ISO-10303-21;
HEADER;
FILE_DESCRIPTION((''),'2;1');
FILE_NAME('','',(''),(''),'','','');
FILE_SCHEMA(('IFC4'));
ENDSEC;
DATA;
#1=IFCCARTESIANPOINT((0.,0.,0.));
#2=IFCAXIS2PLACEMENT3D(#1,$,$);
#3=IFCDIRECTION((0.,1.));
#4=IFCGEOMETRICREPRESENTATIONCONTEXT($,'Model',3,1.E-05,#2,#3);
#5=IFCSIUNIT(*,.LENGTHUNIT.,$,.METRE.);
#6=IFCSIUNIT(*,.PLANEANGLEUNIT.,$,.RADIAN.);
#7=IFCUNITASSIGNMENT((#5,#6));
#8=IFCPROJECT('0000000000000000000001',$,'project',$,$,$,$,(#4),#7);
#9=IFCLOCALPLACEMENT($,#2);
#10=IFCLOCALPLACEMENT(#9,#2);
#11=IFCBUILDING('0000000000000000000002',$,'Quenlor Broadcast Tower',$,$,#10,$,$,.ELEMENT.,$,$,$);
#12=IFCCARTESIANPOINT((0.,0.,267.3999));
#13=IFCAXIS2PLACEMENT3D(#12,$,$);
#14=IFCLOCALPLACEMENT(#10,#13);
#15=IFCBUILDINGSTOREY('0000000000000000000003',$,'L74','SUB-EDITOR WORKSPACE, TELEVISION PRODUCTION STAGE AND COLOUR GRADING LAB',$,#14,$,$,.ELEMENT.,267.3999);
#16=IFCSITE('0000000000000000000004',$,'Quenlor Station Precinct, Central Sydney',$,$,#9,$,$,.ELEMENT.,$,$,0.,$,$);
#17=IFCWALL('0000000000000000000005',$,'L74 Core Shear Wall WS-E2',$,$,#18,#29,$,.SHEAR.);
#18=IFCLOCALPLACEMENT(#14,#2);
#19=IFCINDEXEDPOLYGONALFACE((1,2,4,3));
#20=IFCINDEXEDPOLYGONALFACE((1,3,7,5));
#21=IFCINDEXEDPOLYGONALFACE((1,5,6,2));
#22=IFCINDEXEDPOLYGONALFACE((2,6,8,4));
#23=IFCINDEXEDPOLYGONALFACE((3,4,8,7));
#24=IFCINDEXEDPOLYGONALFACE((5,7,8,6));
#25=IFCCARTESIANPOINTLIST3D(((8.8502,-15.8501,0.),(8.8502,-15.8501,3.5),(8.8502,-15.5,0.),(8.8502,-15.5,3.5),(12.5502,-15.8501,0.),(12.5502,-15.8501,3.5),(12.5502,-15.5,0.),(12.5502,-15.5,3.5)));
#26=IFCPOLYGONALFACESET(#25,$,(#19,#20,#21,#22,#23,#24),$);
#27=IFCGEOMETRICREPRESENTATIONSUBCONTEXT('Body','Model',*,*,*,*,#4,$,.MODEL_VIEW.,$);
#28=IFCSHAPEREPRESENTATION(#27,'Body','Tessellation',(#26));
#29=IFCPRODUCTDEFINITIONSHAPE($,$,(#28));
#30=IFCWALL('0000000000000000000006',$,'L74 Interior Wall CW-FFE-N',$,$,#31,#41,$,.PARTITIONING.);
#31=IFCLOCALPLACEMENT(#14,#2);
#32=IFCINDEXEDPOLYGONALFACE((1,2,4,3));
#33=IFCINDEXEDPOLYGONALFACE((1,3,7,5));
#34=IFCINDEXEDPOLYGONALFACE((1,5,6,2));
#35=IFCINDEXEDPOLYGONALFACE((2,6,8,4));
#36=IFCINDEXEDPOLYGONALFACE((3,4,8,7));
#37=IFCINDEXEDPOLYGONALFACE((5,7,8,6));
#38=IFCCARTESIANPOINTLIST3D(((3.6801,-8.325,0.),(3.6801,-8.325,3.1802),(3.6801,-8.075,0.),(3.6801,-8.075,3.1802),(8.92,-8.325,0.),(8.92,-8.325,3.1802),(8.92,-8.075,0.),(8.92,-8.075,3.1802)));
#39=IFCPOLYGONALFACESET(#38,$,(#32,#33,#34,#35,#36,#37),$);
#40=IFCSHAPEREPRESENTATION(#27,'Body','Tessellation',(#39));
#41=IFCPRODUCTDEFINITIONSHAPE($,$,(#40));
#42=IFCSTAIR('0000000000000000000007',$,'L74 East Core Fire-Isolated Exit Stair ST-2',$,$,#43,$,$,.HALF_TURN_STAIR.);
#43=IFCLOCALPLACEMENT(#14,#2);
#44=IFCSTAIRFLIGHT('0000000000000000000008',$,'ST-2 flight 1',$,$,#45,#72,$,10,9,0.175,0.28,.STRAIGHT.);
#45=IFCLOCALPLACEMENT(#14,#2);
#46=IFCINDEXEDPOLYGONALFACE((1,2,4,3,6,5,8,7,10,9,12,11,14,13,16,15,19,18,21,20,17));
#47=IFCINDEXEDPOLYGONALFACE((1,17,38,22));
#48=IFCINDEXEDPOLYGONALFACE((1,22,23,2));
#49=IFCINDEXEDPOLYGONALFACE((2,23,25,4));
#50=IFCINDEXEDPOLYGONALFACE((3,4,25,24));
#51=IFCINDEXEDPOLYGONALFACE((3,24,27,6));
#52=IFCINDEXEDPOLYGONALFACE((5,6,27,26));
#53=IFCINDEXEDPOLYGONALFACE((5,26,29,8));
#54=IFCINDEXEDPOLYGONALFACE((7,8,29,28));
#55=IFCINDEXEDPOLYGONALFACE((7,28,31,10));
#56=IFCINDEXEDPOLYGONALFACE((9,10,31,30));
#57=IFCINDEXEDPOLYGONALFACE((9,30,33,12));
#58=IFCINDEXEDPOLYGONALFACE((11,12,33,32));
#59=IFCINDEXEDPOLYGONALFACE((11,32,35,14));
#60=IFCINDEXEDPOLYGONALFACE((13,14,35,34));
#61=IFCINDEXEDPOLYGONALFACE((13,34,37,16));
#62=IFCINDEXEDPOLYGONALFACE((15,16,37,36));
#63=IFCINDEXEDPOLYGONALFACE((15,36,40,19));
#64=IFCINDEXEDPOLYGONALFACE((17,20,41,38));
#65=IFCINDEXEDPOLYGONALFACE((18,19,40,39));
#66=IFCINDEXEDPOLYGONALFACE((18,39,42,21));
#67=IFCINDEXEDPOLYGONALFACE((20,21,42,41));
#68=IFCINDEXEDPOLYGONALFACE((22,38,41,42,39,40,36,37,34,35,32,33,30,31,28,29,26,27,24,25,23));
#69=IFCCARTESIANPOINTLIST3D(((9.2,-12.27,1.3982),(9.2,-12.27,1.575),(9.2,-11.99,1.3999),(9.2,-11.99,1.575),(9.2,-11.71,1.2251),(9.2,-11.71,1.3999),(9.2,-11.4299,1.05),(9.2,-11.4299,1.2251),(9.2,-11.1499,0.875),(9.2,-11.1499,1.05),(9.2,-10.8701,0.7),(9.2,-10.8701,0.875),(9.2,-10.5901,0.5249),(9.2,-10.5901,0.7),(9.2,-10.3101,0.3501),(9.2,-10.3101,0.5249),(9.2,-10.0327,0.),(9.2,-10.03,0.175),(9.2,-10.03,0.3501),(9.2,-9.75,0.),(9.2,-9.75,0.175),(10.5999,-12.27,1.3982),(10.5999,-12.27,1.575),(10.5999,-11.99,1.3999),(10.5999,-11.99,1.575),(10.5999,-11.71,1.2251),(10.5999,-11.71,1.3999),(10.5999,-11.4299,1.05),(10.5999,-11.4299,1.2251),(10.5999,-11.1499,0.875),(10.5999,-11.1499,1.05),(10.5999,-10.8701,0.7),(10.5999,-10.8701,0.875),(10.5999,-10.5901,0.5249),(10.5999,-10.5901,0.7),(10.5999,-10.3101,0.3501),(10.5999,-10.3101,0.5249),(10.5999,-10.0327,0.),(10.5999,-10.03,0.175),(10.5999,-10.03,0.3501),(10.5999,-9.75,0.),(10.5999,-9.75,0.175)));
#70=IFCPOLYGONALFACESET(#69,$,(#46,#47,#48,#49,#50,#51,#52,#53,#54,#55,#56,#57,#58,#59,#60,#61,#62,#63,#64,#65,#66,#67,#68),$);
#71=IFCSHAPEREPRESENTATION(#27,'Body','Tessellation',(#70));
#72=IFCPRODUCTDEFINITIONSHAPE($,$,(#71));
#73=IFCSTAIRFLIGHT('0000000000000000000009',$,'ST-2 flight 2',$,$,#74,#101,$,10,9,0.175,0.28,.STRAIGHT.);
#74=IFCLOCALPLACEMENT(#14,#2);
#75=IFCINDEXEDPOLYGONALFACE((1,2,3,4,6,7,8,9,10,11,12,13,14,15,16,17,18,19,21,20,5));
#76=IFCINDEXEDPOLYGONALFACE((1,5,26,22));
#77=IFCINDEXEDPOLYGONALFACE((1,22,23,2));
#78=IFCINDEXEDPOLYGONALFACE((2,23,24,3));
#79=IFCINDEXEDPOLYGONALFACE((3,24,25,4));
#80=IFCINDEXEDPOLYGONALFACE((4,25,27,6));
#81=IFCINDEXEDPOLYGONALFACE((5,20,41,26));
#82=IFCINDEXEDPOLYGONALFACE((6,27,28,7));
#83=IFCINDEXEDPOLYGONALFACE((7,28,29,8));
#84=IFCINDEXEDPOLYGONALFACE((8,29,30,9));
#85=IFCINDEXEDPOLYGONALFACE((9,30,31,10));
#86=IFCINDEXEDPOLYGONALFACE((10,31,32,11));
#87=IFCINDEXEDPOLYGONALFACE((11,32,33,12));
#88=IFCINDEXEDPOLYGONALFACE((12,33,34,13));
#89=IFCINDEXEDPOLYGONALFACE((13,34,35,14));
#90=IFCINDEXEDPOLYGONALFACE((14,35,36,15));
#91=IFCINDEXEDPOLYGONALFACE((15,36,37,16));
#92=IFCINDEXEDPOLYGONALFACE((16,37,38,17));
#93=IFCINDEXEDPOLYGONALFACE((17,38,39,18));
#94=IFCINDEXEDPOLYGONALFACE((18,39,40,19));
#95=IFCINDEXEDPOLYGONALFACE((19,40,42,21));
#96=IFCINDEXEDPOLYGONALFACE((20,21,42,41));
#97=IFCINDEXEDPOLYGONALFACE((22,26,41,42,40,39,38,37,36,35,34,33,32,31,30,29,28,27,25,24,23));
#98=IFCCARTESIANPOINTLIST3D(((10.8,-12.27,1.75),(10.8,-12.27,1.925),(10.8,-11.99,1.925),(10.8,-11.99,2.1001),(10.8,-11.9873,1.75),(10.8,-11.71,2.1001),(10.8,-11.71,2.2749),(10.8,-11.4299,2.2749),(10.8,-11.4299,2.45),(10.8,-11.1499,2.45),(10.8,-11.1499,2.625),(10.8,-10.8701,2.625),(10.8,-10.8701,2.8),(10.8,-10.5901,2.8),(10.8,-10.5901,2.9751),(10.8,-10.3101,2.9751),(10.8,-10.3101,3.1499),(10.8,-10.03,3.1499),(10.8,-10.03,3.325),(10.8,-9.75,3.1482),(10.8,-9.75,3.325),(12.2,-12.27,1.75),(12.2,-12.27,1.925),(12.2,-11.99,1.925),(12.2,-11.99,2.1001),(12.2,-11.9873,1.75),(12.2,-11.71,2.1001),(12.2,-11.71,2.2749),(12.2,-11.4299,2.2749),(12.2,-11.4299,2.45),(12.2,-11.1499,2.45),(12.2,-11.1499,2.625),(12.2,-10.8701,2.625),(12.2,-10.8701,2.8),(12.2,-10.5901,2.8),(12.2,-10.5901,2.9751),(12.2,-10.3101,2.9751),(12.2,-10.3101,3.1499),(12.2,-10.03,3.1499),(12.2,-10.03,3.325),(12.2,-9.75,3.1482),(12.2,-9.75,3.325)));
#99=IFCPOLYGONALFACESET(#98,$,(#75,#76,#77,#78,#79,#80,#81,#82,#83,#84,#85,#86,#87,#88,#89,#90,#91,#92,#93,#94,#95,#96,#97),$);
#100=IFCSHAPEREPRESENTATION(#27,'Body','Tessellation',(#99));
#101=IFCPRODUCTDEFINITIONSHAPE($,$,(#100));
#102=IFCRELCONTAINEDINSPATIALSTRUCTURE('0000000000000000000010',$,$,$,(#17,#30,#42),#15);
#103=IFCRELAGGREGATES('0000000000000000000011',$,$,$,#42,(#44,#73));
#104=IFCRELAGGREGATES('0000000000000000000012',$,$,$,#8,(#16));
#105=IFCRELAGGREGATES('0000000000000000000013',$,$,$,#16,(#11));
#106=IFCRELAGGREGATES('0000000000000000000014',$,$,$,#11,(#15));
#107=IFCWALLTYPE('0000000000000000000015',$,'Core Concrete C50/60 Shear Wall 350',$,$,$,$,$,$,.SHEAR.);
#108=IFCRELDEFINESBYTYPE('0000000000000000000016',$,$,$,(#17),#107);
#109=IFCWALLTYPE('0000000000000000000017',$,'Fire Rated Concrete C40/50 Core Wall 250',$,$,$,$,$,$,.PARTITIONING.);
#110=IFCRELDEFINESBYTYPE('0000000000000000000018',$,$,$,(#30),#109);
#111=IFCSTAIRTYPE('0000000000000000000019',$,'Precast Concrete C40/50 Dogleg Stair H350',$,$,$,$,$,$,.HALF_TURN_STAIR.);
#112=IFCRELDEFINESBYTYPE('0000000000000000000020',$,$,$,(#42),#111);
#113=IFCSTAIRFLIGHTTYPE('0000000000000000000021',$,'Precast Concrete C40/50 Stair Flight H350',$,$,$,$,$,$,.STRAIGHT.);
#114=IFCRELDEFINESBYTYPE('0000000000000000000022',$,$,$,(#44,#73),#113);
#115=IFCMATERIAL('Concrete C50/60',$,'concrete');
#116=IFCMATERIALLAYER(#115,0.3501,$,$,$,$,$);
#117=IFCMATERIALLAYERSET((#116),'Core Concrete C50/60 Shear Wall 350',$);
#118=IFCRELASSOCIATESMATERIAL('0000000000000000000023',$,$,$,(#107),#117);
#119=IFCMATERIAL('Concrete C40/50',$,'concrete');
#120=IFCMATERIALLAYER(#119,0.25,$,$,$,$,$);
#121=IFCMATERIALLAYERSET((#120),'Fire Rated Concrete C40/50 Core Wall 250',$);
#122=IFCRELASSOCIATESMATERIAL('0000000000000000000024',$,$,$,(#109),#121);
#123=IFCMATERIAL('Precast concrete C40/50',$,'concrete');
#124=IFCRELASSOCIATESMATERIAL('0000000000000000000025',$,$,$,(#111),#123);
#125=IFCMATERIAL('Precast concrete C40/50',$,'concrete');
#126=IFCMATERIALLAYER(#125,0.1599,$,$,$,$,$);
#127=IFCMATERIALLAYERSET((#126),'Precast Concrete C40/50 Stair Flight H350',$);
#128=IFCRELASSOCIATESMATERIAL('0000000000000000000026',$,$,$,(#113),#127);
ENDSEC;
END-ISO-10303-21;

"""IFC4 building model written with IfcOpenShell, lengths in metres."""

from ifc_helpers import new_model, si_unit, direction, frame, frame_2d, origin, place, context, subcontext, project, spatial, polyline, rectangle, outline, extrude, material, layer, layer_set, type_object, element, aggregate, save


model = new_model("IFC4")

# Units and contexts
model_context = context("Model", 3, precision=1e-05, world=origin(), true_north=direction((0.0, 1.0)))
body_context = subcontext(model_context, "Body", "Model", "MODEL_VIEW")
ifc_project = project(units=[si_unit("LENGTHUNIT", "METRE"), si_unit("PLANEANGLEUNIT", "RADIAN")], contexts=[model_context])

# Site, building, storey
site_placement = place(None, origin())
site = spatial("IfcSite", under=ifc_project, at=site_placement, Name="Quenlor Station Precinct, Central Sydney", CompositionType="ELEMENT", RefElevation=0.0)
building_placement = place(site_placement, origin())
building = spatial("IfcBuilding", under=site, at=building_placement, Name="Quenlor Broadcast Tower", CompositionType="ELEMENT")
storey_placement = place(building_placement, frame((0.0, 0.0, 267.3999)))
storey = spatial("IfcBuildingStorey", under=building, at=storey_placement, Name="L74", Description="SUB-EDITOR WORKSPACE, TELEVISION PRODUCTION STAGE AND COLOUR GRADING LAB", CompositionType="ELEMENT", Elevation=267.3999)

# Wall
ifc_material_1 = material(Name="Concrete C50/60", Category="concrete")
ifc_layer_1 = layer(ifc_material_1, 0.3501)
ifc_layer_set_1 = layer_set([ifc_layer_1], Name="Core Concrete C50/60 Shear Wall 350")
wall_type_1 = type_object("IfcWallType", Name="Core Concrete C50/60 Shear Wall 350", PredefinedType="SHEAR", material=ifc_layer_set_1)
wall_1_placement = place(storey_placement, frame((8.8501, -15.675, 0.0), z_axis=(0.0, 0.0, 1.0), x_axis=(1.0, 0.0, 0.0)))
element("IfcWall", 1, at=wall_1_placement, inside=storey, type_object=wall_type_1, Name="L74 Core Shear Wall WS-E2", PredefinedType="SHEAR", context=body_context, shape_type="SweptSolid", body=[
    extrude(rectangle(XDim=3.7, YDim=0.3501, at=frame_2d((1.8501, 0.0))), origin(), (0.0, 0.0, 1.0), 3.5),
])

# Shared definitions
ifc_material_2 = material(Name="Concrete C40/50", Category="concrete")
ifc_layer_2 = layer(ifc_material_2, 0.25)
ifc_layer_set_2 = layer_set([ifc_layer_2], Name="Fire Rated Concrete C40/50 Core Wall 250")
wall_type_2 = type_object("IfcWallType", Name="Fire Rated Concrete C40/50 Core Wall 250", PredefinedType="PARTITIONING", material=ifc_layer_set_2)

# Wall
wall_2_placement = place(storey_placement, frame((3.6799, -8.2, 0.0), z_axis=(0.0, 0.0, 1.0), x_axis=(1.0, 0.0, 0.0)))
element("IfcWall", 2, at=wall_2_placement, inside=storey, type_object=wall_type_2, Name="L74 Interior Wall CW-FFE-N", PredefinedType="PARTITIONING", context=body_context, shape_type="SweptSolid", body=[
    extrude(rectangle(XDim=5.24, YDim=0.25, at=frame_2d((2.6201, 0.0))), origin(), (0.0, 0.0, 1.0), 3.1802),
])

# Stair, stair flights
ifc_material_3 = material(Name="Precast concrete C40/50", Category="concrete")
stair_type = type_object("IfcStairType", Name="Precast Concrete C40/50 Dogleg Stair H350", PredefinedType="HALF_TURN_STAIR", material=ifc_material_3)
stair_placement = place(storey_placement, origin())
stair = element("IfcStair", 3, at=stair_placement, inside=storey, type_object=stair_type, Name="L74 East Core Fire-Isolated Exit Stair ST-2", PredefinedType="HALF_TURN_STAIR")
ifc_material_4 = material(Name="Precast concrete C40/50", Category="concrete")
ifc_layer_3 = layer(ifc_material_4, 0.1599)
ifc_layer_set_3 = layer_set([ifc_layer_3], Name="Precast Concrete C40/50 Stair Flight H350")
stair_flight_type = type_object("IfcStairFlightType", Name="Precast Concrete C40/50 Stair Flight H350", PredefinedType="STRAIGHT", material=ifc_layer_set_3)
stair_flight_1_placement = place(storey_placement, frame((9.8999, -9.75, 0.0), z_axis=(0.0, 0.0, 1.0), x_axis=(0.0, -1.0, 0.0)))
stair_flight_1 = element("IfcStairFlight", 4, at=stair_flight_1_placement, type_object=stair_flight_type, Name="ST-2 flight 1", NumberOfRisers=10, NumberOfTreads=9, PredefinedType="STRAIGHT", RiserHeight=0.175, TreadLength=0.28, context=body_context, shape_type="SweptSolid", body=[
    extrude(outline(polyline([(0.0, 0.0), (0.0, 0.175), (0.28, 0.175), (0.28, 0.3501), (0.5601, 0.3501), (0.5601, 0.5249), (0.8401, 0.5249), (0.8401, 0.7), (1.1201, 0.7), (1.1201, 0.875), (1.3999, 0.875), (1.3999, 1.05), (1.6799, 1.05), (1.6799, 1.2251), (1.96, 1.2251), (1.96, 1.3999), (2.24, 1.3999), (2.24, 1.575), (2.52, 1.575), (2.52, 1.75), (2.52, 1.3982), (0.2827, 0.0), (0.0, 0.0)])), frame((0.0, 0.7, 0.0), z_axis=(0.0, -1.0, 0.0), x_axis=(1.0, 0.0, 0.0)), (0.0, 0.0, 1.0), 1.3999),
])
stair_flight_2_placement = place(storey_placement, frame((11.5, -12.27, 1.75), z_axis=(0.0, 0.0, 1.0), x_axis=(0.0, 1.0, 0.0)))
stair_flight_2 = element("IfcStairFlight", 5, at=stair_flight_2_placement, type_object=stair_flight_type, Name="ST-2 flight 2", NumberOfRisers=10, NumberOfTreads=9, PredefinedType="STRAIGHT", RiserHeight=0.175, TreadLength=0.28, context=body_context, shape_type="SweptSolid", body=[
    extrude(outline(polyline([(0.0, 0.0), (0.0, 0.175), (0.28, 0.175), (0.28, 0.3501), (0.5601, 0.3501), (0.5601, 0.5249), (0.8401, 0.5249), (0.8401, 0.7), (1.1201, 0.7), (1.1201, 0.875), (1.3999, 0.875), (1.3999, 1.05), (1.6799, 1.05), (1.6799, 1.2251), (1.96, 1.2251), (1.96, 1.3999), (2.24, 1.3999), (2.24, 1.575), (2.52, 1.575), (2.52, 1.75), (2.52, 1.3982), (0.2827, 0.0), (0.0, 0.0)])), frame((0.0, 0.7, 0.0), z_axis=(0.0, -1.0, 0.0), x_axis=(1.0, 0.0, 0.0)), (0.0, 0.0, 1.0), 1.3999),
])
aggregate(stair, [stair_flight_1, stair_flight_2])

save(model, "model.ifc")
